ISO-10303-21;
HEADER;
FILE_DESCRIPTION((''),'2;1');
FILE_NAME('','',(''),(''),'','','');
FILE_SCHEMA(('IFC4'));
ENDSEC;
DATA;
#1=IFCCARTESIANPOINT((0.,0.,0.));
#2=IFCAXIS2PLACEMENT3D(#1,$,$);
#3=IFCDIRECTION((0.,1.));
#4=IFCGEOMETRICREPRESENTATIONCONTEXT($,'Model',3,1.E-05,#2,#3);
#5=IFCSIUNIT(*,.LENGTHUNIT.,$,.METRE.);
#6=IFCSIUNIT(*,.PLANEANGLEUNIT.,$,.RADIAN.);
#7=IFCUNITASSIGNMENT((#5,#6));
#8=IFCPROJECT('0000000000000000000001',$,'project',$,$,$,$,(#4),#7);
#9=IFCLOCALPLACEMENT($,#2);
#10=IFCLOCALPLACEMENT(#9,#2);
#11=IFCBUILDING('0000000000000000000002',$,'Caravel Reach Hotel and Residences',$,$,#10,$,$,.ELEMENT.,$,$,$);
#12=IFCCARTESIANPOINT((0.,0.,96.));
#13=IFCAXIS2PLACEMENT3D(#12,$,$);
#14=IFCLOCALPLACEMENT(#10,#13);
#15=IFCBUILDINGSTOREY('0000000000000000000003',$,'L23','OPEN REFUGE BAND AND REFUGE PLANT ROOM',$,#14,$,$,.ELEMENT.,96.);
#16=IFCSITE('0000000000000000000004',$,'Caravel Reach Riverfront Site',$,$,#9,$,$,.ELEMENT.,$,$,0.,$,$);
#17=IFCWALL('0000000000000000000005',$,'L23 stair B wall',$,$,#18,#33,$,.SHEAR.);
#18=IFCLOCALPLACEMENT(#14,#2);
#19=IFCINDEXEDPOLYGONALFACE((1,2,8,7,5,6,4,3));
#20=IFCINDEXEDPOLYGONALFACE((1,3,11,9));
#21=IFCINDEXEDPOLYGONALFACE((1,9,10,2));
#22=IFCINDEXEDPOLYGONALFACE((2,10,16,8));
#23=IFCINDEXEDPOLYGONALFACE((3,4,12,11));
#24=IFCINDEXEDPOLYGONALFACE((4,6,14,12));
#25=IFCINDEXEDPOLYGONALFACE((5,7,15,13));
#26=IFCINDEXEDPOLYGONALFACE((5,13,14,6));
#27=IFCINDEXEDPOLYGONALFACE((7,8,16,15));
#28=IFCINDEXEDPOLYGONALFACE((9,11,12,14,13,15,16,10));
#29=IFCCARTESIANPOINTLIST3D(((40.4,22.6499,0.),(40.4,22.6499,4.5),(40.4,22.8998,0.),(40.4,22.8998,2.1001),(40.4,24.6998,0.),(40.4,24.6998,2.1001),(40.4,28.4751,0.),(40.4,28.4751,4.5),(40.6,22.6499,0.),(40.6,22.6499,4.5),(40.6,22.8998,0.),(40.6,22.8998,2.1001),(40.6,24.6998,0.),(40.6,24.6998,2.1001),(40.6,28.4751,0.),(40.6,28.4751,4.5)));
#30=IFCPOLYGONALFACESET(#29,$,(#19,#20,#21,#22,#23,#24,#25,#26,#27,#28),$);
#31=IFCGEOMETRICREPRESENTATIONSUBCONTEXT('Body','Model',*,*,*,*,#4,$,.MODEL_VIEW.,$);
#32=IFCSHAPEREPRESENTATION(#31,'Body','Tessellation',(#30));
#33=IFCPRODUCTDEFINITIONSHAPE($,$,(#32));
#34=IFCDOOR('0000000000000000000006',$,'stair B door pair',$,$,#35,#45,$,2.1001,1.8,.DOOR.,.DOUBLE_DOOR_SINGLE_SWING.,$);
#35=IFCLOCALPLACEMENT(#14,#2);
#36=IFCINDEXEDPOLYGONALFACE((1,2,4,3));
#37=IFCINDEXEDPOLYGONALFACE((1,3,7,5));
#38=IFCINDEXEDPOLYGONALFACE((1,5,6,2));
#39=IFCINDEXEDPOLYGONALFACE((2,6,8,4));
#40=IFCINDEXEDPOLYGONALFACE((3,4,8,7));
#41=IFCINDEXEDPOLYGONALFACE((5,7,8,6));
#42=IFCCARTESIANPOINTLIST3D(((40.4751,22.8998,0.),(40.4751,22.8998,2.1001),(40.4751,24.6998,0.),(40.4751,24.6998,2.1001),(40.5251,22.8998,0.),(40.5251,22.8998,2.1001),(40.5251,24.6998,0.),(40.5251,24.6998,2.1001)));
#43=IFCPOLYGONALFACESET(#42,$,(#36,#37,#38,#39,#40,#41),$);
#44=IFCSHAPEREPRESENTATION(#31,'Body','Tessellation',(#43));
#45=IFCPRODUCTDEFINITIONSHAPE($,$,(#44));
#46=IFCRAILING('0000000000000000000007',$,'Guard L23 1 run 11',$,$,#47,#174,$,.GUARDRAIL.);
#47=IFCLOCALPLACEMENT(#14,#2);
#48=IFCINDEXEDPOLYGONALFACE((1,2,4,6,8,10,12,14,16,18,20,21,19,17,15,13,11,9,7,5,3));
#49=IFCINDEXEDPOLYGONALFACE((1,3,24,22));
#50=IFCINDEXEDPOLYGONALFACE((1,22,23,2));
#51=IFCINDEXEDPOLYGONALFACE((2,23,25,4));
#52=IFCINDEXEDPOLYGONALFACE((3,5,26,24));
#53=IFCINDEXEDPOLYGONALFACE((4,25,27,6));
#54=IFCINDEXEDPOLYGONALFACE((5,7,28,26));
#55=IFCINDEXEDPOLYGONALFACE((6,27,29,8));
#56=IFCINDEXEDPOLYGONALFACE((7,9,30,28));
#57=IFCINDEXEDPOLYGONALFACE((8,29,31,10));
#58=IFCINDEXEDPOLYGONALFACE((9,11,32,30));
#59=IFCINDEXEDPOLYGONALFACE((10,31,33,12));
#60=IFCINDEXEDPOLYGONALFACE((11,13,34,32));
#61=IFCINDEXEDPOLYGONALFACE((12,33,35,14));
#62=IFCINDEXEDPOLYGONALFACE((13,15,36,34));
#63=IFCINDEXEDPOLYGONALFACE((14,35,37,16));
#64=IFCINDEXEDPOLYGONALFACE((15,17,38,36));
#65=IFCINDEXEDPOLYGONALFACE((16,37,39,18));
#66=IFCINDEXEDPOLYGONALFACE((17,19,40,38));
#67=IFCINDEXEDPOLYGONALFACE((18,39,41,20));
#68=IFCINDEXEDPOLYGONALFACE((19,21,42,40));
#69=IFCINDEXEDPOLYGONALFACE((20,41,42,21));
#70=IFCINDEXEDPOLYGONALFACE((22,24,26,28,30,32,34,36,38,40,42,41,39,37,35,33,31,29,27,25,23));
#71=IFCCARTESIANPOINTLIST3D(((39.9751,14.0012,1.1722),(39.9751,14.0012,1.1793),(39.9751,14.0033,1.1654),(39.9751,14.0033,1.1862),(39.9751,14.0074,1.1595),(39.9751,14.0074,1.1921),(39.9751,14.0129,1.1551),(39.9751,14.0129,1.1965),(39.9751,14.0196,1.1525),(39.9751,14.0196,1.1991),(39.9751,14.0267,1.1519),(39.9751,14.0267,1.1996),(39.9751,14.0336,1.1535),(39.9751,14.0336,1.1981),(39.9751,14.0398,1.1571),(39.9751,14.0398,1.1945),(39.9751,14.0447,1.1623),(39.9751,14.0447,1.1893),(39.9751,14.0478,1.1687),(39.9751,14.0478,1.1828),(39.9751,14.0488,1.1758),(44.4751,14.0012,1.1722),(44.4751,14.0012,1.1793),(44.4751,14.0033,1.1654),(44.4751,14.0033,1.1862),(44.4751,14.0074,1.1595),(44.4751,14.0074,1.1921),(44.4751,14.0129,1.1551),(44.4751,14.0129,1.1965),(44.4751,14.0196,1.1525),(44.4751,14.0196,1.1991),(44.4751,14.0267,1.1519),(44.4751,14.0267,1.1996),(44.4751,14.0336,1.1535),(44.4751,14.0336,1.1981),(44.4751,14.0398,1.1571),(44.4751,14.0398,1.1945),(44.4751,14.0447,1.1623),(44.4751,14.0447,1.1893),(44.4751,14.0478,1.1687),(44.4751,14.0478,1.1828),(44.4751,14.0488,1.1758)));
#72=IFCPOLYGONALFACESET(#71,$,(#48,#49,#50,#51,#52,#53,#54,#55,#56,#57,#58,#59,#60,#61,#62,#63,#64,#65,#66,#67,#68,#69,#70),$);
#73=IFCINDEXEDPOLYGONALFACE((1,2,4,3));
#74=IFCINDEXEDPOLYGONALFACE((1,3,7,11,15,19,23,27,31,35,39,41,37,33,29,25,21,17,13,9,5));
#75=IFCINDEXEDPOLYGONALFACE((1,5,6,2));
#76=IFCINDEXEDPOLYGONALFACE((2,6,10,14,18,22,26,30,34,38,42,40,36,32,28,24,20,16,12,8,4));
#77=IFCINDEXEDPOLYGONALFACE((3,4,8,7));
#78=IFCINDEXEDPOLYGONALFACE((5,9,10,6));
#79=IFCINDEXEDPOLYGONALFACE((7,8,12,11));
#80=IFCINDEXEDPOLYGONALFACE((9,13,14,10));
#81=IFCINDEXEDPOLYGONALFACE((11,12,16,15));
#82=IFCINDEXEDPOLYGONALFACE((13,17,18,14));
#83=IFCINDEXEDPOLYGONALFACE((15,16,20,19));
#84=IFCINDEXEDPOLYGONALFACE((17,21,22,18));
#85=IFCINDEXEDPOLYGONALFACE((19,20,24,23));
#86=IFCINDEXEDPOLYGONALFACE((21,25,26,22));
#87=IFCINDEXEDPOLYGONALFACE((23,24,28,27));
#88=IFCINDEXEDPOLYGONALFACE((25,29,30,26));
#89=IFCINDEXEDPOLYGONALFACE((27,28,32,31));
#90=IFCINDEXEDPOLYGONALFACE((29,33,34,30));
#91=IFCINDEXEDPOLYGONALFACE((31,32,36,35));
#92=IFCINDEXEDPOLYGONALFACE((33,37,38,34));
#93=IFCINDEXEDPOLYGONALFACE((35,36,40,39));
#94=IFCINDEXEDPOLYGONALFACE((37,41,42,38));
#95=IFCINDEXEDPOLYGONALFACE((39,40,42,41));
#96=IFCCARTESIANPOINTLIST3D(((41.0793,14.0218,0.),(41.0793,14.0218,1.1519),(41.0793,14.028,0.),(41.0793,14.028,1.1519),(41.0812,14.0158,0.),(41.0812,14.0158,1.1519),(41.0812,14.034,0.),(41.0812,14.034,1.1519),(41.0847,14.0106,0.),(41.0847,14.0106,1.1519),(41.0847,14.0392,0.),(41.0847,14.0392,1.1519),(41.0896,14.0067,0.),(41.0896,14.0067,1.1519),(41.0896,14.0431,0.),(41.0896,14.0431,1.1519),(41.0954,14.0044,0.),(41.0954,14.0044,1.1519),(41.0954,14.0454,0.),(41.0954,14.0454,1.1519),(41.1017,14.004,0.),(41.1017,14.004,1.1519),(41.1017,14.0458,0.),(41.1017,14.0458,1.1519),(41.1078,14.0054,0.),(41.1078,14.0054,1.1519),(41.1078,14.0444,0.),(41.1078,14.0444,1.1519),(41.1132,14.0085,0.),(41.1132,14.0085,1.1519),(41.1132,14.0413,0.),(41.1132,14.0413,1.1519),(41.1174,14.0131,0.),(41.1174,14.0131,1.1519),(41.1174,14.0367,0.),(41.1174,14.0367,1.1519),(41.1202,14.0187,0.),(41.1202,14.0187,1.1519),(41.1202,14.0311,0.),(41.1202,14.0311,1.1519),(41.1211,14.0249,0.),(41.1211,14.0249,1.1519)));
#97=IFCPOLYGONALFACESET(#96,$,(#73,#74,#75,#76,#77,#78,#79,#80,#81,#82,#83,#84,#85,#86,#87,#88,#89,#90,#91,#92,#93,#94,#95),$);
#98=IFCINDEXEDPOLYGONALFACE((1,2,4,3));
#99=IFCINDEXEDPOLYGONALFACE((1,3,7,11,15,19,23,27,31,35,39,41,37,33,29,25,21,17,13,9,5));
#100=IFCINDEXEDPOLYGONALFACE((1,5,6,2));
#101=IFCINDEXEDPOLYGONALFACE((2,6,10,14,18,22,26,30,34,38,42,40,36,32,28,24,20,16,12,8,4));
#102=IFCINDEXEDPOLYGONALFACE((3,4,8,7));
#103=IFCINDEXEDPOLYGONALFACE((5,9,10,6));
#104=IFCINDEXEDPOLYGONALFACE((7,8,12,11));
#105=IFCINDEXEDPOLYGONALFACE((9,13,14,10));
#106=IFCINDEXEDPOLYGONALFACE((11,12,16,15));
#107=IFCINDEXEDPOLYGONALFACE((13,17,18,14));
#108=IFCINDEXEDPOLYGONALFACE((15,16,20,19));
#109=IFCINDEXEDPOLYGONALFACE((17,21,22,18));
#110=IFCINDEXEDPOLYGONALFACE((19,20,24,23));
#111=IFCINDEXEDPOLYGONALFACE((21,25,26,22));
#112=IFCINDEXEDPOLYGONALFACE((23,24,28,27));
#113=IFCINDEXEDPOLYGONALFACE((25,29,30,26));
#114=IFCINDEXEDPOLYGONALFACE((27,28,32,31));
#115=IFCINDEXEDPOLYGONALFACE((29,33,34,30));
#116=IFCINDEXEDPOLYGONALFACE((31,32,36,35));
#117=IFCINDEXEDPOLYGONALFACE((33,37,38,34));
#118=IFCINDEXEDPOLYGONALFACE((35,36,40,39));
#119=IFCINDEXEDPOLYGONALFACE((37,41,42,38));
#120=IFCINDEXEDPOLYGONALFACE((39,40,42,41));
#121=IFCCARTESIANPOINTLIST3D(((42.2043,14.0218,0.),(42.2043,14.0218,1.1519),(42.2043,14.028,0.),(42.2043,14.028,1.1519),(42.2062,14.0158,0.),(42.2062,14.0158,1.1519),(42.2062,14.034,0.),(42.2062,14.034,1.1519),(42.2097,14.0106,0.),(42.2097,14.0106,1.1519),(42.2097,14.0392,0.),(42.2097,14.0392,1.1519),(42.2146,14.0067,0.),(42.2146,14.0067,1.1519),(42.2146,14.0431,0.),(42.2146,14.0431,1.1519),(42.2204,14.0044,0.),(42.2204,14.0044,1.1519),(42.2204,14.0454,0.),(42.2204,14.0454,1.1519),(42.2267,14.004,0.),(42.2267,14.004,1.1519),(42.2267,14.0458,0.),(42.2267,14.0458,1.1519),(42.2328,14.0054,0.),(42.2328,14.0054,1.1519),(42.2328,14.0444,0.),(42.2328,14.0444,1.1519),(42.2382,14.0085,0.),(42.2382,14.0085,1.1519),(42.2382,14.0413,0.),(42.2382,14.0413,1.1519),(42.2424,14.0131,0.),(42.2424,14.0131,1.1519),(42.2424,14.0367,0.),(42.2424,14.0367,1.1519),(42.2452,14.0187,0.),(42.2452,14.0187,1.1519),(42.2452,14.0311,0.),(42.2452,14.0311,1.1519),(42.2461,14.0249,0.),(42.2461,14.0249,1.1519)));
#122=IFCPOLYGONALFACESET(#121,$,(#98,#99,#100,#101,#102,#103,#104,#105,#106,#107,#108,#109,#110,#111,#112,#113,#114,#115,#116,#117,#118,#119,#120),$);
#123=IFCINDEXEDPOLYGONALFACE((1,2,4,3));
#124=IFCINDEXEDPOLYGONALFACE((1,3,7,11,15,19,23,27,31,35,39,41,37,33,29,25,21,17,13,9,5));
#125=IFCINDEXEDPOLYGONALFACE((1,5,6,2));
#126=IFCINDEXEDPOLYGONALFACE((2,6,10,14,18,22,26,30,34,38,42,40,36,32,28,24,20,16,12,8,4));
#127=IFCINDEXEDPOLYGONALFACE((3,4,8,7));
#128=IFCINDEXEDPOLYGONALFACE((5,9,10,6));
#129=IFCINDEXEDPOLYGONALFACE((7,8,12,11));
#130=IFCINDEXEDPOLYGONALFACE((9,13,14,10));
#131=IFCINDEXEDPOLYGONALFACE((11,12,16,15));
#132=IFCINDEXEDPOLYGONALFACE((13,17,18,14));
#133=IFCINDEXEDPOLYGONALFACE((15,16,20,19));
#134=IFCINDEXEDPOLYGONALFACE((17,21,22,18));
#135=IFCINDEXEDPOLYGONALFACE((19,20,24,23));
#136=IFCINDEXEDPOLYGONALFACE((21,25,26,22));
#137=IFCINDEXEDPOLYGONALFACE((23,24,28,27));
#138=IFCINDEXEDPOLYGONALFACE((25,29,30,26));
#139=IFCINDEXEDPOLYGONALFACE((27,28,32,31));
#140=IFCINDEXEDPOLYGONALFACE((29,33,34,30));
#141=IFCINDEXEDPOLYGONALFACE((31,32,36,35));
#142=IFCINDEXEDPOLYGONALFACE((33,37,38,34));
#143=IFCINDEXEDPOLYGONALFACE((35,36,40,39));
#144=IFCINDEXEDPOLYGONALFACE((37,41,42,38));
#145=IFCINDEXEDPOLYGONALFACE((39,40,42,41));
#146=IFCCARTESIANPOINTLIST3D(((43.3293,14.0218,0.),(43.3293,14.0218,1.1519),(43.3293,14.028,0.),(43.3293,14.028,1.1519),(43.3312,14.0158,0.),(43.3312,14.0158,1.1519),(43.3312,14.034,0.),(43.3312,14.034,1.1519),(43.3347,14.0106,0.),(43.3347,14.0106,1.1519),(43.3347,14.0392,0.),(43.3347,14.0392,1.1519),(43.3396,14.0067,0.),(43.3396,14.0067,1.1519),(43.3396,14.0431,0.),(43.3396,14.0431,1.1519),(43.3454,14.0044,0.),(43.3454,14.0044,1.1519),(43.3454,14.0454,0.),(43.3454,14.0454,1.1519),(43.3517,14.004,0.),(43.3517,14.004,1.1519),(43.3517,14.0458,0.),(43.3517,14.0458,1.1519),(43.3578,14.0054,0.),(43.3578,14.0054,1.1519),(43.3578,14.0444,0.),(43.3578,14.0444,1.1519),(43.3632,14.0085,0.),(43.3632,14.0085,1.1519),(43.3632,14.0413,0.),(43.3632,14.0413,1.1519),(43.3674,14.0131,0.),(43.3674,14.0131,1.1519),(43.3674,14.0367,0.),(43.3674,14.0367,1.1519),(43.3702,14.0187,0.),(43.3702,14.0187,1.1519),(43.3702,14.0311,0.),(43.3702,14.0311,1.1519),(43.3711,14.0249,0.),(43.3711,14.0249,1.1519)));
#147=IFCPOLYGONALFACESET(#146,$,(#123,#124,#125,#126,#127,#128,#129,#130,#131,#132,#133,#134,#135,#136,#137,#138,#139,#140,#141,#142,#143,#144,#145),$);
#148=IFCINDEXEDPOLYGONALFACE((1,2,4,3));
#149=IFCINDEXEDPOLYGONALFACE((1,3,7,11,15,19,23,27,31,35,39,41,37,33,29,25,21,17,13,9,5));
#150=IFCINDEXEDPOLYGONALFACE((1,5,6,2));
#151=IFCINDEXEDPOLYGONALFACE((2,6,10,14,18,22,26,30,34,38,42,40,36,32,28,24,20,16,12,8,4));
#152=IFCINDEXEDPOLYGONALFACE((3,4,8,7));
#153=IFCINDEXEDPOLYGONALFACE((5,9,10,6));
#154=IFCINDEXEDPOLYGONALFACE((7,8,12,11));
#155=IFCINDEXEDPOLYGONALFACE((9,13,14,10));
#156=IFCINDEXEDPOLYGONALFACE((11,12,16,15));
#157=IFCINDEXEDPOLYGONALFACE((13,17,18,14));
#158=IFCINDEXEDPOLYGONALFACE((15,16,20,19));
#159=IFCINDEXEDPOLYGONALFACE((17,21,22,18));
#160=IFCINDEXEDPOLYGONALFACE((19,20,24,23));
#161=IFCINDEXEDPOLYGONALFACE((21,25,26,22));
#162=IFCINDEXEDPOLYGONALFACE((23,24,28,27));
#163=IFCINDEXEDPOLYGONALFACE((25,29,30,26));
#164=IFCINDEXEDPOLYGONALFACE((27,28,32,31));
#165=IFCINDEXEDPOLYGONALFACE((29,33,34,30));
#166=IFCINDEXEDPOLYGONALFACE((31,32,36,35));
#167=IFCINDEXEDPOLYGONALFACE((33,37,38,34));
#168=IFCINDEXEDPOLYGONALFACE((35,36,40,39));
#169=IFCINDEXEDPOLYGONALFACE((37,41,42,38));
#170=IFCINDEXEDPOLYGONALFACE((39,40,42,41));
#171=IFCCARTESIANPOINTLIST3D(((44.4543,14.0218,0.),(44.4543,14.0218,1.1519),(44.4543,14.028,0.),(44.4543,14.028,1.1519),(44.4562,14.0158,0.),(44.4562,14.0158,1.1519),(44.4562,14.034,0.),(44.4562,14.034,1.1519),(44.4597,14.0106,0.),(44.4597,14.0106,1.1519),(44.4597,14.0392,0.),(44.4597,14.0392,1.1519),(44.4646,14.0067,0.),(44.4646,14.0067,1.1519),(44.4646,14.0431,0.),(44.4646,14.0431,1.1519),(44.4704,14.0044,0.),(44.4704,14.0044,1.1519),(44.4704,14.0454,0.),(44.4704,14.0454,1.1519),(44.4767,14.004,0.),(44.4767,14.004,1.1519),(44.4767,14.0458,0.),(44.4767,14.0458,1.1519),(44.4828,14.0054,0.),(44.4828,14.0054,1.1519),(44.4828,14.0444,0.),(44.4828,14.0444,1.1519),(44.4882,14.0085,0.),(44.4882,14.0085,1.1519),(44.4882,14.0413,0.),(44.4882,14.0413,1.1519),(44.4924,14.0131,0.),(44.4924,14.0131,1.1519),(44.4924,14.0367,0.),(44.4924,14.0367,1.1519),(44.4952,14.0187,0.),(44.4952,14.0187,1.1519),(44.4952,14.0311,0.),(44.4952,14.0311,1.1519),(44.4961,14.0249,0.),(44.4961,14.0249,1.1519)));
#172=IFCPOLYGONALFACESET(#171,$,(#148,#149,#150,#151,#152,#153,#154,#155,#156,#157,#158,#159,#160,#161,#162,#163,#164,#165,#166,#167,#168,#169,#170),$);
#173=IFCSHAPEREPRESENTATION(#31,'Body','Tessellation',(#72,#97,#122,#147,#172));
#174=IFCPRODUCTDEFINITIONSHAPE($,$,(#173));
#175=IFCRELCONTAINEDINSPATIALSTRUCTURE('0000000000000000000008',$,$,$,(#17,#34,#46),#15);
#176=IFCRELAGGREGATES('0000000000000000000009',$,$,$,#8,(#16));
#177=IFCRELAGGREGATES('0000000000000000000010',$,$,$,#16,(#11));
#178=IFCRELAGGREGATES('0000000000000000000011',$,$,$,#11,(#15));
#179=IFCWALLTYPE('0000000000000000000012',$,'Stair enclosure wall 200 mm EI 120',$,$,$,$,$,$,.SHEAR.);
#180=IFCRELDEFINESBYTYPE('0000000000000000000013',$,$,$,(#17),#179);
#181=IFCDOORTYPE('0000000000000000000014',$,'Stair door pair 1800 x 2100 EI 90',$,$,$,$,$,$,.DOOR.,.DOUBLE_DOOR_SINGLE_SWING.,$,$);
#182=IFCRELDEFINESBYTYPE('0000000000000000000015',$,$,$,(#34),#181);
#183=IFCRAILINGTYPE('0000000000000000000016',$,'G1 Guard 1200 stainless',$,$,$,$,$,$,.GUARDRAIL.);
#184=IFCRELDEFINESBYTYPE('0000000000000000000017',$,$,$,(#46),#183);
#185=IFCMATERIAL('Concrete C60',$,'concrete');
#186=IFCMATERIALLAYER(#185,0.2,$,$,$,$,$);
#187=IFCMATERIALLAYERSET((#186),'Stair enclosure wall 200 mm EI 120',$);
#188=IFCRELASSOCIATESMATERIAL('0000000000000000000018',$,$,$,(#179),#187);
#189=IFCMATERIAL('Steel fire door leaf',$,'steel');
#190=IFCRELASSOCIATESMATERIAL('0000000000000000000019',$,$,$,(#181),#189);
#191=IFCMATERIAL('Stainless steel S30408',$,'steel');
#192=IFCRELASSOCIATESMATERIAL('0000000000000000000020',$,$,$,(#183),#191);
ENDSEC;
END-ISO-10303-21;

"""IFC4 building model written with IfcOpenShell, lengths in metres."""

from ifc_helpers import new_model, si_unit, direction, frame, frame_2d, origin, origin_2d, place, context, subcontext, project, spatial, rectangle, circle, extrude, material, layer, layer_set, type_object, element, fill, save


model = new_model("IFC4")

# Units and contexts
model_context = context("Model", 3, precision=1e-05, world=origin(), true_north=direction((0.0, 1.0)))
body_context = subcontext(model_context, "Body", "Model", "MODEL_VIEW")
ifc_project = project(units=[si_unit("LENGTHUNIT", "METRE"), si_unit("PLANEANGLEUNIT", "RADIAN")], contexts=[model_context])

# Site, building, storey
site_placement = place(None, origin())
site = spatial("IfcSite", under=ifc_project, at=site_placement, Name="Caravel Reach Riverfront Site", CompositionType="ELEMENT", RefElevation=0.0)
building_placement = place(site_placement, origin())
building = spatial("IfcBuilding", under=site, at=building_placement, Name="Caravel Reach Hotel and Residences", CompositionType="ELEMENT")
storey_placement = place(building_placement, frame((0.0, 0.0, 96.0)))
storey = spatial("IfcBuildingStorey", under=building, at=storey_placement, Name="L23", Description="OPEN REFUGE BAND AND REFUGE PLANT ROOM", CompositionType="ELEMENT", Elevation=96.0)

# Wall, opening, door
ifc_material_1 = material(Name="Concrete C60", Category="concrete")
ifc_layer_1 = layer(ifc_material_1, 0.2)
ifc_layer_set_1 = layer_set([ifc_layer_1], Name="Stair enclosure wall 200 mm EI 120")
wall_type_1 = type_object("IfcWallType", Name="Stair enclosure wall 200 mm EI 120", PredefinedType="SHEAR", material=ifc_layer_set_1)
wall_1_placement = place(storey_placement, frame((40.5, 22.6499, 0.0), z_axis=(0.0, 0.0, 1.0), x_axis=(0.0, 1.0, 0.0)))
wall_1 = element("IfcWall", 1, at=wall_1_placement, inside=storey, type_object=wall_type_1, Name="L23 stair B wall", PredefinedType="SHEAR", context=body_context, shape_type="SweptSolid", body=[
    extrude(rectangle(XDim=5.8252, YDim=0.2, at=frame_2d((2.9126, 0.0))), origin(), (0.0, 0.0, 1.0), 4.5),
])
opening_1_placement = place(wall_1_placement, frame((0.25, 0.0, 0.0)))
opening_1 = element("IfcOpeningElement", 2, at=opening_1_placement, cuts=wall_1, PredefinedType="OPENING", context=body_context, shape_type="SweptSolid", body=[
    extrude(rectangle(XDim=1.8, YDim=2.1001, at=frame_2d((0.8999, 1.05))), frame((0.0, 0.1099, 0.0), z_axis=(0.0, -1.0, 0.0), x_axis=(1.0, 0.0, 0.0)), (0.0, 0.0, 1.0), 0.22),
])
ifc_material_2 = material(Name="Steel fire door leaf", Category="steel")
door_type_1 = type_object("IfcDoorType", Name="Stair door pair 1800 x 2100 EI 90", OperationType="DOUBLE_DOOR_SINGLE_SWING", PredefinedType="DOOR", material=ifc_material_2)
door_1_placement = place(opening_1_placement, origin())
door_1 = element("IfcDoor", 3, at=door_1_placement, inside=storey, type_object=door_type_1, Name="stair B door pair", OperationType="DOUBLE_DOOR_SINGLE_SWING", OverallHeight=2.1001, OverallWidth=1.8, PredefinedType="DOOR", context=body_context, shape_type="SweptSolid", body=[
    extrude(rectangle(XDim=1.8, YDim=2.1001, at=frame_2d((0.8999, 1.05))), frame((0.0, 0.0249, 0.0), z_axis=(0.0, -1.0, 0.0), x_axis=(1.0, 0.0, 0.0)), (0.0, 0.0, 1.0), 0.05),
])
fill(opening_1, door_1)

# Railing
ifc_material_3 = material(Name="Stainless steel S30408", Category="steel")
railing_type_1 = type_object("IfcRailingType", Name="G1 Guard 1200 stainless", PredefinedType="GUARDRAIL", material=ifc_material_3)
railing_1_placement = place(storey_placement, frame((39.9751, 14.0249, 0.0)))
element("IfcRailing", 4, at=railing_1_placement, inside=storey, type_object=railing_type_1, Name="Guard L23 1 run 11", PredefinedType="GUARDRAIL", context=body_context, shape_type="SweptSolid", body=[
    extrude(circle(Radius=0.0239, at=origin_2d()), frame((0.0, 0.0, 1.1758), z_axis=(1.0, 0.0, 0.0), x_axis=(0.0, 1.0, 0.0)), (0.0, 0.0, 1.0), 4.5),
    extrude(circle(Radius=0.021, at=origin_2d()), frame((1.125, 0.0, 0.0)), (0.0, 0.0, 1.0), 1.1519),
    extrude(circle(Radius=0.021, at=origin_2d()), frame((2.25, 0.0, 0.0)), (0.0, 0.0, 1.0), 1.1519),
    extrude(circle(Radius=0.021, at=origin_2d()), frame((3.375, 0.0, 0.0)), (0.0, 0.0, 1.0), 1.1519),
    extrude(circle(Radius=0.021, at=origin_2d()), frame((4.5, 0.0, 0.0)), (0.0, 0.0, 1.0), 1.1519),
])

save(model, "model.ifc")
